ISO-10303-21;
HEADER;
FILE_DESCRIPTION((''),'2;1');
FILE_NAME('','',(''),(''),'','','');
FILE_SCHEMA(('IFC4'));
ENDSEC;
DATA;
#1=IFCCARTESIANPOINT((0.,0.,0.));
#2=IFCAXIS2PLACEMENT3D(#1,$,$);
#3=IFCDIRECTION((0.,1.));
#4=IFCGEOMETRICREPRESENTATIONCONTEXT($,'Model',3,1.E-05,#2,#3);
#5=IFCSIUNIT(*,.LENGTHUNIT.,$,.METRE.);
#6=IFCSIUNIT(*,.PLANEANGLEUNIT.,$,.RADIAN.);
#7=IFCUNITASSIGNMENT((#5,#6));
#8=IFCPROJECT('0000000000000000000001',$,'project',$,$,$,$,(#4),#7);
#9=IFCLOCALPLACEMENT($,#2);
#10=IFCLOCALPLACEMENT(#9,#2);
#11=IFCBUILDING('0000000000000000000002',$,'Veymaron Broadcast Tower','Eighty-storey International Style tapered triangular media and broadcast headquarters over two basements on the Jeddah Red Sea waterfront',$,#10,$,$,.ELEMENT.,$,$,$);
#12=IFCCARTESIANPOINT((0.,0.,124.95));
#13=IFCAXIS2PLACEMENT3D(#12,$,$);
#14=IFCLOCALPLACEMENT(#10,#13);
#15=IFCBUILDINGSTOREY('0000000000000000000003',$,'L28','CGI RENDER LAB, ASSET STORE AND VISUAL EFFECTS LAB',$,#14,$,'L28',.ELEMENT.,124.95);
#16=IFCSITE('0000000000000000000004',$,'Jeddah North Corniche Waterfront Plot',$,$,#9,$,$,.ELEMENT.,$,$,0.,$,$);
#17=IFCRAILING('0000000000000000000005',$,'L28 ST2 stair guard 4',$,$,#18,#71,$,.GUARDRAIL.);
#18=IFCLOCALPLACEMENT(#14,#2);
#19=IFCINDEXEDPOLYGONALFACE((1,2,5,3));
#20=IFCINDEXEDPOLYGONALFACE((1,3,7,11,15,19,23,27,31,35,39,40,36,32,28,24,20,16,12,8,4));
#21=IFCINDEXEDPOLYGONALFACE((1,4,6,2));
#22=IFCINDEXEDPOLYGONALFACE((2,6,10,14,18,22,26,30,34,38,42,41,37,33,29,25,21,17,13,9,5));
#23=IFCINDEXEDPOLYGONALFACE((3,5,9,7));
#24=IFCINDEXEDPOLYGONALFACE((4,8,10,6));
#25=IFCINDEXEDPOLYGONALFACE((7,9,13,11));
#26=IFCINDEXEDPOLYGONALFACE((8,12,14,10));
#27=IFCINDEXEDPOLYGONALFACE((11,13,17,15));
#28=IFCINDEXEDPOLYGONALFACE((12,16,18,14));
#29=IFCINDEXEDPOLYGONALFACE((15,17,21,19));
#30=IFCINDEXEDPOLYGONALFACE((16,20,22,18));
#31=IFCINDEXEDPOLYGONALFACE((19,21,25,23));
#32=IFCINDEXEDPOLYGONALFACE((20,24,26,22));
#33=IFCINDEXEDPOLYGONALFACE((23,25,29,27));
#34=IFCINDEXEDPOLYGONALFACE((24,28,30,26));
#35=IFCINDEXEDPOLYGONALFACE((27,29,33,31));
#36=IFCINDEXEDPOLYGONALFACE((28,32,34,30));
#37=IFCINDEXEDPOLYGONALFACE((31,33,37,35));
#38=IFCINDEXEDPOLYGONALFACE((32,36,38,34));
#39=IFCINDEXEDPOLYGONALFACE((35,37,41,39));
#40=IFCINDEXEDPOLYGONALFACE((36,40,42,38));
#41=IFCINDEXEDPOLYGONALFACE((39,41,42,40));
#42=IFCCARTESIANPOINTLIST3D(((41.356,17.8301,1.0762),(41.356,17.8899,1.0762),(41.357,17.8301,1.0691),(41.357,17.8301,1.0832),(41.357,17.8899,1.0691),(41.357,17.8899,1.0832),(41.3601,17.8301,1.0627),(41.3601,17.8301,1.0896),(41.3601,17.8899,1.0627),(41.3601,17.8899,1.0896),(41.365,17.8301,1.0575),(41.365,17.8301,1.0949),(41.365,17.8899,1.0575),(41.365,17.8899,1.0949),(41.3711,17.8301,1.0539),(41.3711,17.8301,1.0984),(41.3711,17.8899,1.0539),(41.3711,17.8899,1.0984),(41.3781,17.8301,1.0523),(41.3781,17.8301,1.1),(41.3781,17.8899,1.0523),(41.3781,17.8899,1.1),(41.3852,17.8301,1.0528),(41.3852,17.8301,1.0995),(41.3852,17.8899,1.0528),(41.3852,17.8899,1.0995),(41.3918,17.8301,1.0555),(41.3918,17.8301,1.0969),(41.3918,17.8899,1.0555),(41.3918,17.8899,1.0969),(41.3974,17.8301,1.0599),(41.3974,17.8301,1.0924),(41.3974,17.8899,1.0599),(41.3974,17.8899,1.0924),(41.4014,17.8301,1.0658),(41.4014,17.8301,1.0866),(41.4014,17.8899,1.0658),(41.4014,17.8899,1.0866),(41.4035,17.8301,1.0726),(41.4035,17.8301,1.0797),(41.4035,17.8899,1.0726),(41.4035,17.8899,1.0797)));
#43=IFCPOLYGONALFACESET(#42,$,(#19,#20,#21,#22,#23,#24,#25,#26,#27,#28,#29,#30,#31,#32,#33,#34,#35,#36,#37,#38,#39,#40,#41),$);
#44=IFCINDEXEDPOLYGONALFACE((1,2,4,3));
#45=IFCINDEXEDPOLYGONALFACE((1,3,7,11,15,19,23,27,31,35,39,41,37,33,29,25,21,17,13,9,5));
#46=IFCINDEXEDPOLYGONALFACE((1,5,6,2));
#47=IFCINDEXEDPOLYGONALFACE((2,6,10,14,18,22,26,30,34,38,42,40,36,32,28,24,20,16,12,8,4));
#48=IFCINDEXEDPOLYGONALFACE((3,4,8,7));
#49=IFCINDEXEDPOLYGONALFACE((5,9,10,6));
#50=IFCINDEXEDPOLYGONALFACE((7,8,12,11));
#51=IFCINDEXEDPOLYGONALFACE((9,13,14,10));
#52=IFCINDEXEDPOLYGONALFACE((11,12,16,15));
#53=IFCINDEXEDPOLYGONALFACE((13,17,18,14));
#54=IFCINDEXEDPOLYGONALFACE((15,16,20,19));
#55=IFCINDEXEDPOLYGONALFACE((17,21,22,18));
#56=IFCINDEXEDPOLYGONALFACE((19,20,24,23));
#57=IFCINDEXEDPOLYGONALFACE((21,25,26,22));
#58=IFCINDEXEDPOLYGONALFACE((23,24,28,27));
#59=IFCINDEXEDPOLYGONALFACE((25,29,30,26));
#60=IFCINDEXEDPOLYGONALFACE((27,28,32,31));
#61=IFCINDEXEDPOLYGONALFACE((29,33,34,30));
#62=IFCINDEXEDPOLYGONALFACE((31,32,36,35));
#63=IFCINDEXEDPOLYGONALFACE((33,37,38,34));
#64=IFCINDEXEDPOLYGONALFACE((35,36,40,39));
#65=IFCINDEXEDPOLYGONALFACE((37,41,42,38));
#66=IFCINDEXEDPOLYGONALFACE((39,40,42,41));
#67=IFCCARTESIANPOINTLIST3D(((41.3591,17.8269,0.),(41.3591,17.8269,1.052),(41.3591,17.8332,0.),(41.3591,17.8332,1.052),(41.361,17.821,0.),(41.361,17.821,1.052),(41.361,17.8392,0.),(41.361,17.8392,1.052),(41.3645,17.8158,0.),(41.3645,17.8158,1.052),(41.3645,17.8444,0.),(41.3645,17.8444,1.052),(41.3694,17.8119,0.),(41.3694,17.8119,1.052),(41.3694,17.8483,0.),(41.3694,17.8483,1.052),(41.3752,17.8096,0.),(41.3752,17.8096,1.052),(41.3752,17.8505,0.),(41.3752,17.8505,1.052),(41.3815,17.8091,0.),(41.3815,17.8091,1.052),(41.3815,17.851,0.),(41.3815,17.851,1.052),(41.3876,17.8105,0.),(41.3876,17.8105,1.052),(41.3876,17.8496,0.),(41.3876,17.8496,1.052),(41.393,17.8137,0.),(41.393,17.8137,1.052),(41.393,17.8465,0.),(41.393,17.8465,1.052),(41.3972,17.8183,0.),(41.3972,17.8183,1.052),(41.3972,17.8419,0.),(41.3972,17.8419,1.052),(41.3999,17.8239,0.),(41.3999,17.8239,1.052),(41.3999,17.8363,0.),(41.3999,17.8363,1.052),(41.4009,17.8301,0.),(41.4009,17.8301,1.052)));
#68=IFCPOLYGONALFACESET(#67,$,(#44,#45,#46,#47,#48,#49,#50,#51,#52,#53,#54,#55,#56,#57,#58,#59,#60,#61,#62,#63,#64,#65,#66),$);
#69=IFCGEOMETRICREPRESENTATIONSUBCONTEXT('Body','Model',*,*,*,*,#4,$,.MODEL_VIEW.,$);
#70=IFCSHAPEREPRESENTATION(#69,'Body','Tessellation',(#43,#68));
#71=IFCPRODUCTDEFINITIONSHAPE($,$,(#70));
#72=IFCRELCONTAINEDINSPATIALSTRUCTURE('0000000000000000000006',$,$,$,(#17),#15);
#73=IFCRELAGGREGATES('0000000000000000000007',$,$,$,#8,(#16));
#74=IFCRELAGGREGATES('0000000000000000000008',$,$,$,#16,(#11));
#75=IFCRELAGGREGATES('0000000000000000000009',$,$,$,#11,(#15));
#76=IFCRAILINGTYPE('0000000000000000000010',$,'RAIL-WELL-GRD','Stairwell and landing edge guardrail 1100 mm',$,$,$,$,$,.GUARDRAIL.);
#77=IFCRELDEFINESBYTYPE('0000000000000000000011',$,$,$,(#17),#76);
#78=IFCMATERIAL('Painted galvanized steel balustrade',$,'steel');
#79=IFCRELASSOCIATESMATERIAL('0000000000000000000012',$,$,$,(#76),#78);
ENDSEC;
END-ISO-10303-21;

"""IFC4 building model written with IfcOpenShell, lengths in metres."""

from ifc_helpers import new_model, si_unit, direction, frame, origin, origin_2d, place, context, subcontext, project, spatial, circle, extrude, material, type_object, element, save


model = new_model("IFC4")

# Units and contexts
model_context = context("Model", 3, precision=1e-05, world=origin(), true_north=direction((0.0, 1.0)))
body_context = subcontext(model_context, "Body", "Model", "MODEL_VIEW")
ifc_project = project(units=[si_unit("LENGTHUNIT", "METRE"), si_unit("PLANEANGLEUNIT", "RADIAN")], contexts=[model_context])

# Site, building, storey
site_placement = place(None, origin())
site = spatial("IfcSite", under=ifc_project, at=site_placement, Name="Jeddah North Corniche Waterfront Plot", CompositionType="ELEMENT", RefElevation=0.0)
building_placement = place(site_placement, origin())
building = spatial("IfcBuilding", under=site, at=building_placement, Name="Veymaron Broadcast Tower", Description="Eighty-storey International Style tapered triangular media and broadcast headquarters over two basements on the Jeddah Red Sea waterfront", CompositionType="ELEMENT")
storey_placement = place(building_placement, frame((0.0, 0.0, 124.95)))
storey = spatial("IfcBuildingStorey", under=building, at=storey_placement, Name="L28", Description="CGI RENDER LAB, ASSET STORE AND VISUAL EFFECTS LAB", LongName="L28", CompositionType="ELEMENT", Elevation=124.95)

# Railing
ifc_material_1 = material(Name="Painted galvanized steel balustrade", Category="steel")
railing_type_1 = type_object("IfcRailingType", Name="RAIL-WELL-GRD", Description="Stairwell and landing edge guardrail 1100 mm", PredefinedType="GUARDRAIL", material=ifc_material_1)
railing_1_placement = place(storey_placement, frame((41.3799, 17.8301, 0.0)))
element("IfcRailing", 1, at=railing_1_placement, inside=storey, type_object=railing_type_1, Name="L28 ST2 stair guard 4", PredefinedType="GUARDRAIL", context=body_context, shape_type="SweptSolid", body=[
    extrude(circle(Radius=0.0239, at=origin_2d()), frame((0.0, 0.0, 1.0762), z_axis=(0.0, 1.0, 0.0), x_axis=(-1.0, 0.0, 0.0)), (0.0, 0.0, 1.0), 0.0598),
    extrude(circle(Radius=0.021, at=origin_2d()), origin(), (0.0, 0.0, 1.0), 1.052),
])

save(model, "model.ifc")
